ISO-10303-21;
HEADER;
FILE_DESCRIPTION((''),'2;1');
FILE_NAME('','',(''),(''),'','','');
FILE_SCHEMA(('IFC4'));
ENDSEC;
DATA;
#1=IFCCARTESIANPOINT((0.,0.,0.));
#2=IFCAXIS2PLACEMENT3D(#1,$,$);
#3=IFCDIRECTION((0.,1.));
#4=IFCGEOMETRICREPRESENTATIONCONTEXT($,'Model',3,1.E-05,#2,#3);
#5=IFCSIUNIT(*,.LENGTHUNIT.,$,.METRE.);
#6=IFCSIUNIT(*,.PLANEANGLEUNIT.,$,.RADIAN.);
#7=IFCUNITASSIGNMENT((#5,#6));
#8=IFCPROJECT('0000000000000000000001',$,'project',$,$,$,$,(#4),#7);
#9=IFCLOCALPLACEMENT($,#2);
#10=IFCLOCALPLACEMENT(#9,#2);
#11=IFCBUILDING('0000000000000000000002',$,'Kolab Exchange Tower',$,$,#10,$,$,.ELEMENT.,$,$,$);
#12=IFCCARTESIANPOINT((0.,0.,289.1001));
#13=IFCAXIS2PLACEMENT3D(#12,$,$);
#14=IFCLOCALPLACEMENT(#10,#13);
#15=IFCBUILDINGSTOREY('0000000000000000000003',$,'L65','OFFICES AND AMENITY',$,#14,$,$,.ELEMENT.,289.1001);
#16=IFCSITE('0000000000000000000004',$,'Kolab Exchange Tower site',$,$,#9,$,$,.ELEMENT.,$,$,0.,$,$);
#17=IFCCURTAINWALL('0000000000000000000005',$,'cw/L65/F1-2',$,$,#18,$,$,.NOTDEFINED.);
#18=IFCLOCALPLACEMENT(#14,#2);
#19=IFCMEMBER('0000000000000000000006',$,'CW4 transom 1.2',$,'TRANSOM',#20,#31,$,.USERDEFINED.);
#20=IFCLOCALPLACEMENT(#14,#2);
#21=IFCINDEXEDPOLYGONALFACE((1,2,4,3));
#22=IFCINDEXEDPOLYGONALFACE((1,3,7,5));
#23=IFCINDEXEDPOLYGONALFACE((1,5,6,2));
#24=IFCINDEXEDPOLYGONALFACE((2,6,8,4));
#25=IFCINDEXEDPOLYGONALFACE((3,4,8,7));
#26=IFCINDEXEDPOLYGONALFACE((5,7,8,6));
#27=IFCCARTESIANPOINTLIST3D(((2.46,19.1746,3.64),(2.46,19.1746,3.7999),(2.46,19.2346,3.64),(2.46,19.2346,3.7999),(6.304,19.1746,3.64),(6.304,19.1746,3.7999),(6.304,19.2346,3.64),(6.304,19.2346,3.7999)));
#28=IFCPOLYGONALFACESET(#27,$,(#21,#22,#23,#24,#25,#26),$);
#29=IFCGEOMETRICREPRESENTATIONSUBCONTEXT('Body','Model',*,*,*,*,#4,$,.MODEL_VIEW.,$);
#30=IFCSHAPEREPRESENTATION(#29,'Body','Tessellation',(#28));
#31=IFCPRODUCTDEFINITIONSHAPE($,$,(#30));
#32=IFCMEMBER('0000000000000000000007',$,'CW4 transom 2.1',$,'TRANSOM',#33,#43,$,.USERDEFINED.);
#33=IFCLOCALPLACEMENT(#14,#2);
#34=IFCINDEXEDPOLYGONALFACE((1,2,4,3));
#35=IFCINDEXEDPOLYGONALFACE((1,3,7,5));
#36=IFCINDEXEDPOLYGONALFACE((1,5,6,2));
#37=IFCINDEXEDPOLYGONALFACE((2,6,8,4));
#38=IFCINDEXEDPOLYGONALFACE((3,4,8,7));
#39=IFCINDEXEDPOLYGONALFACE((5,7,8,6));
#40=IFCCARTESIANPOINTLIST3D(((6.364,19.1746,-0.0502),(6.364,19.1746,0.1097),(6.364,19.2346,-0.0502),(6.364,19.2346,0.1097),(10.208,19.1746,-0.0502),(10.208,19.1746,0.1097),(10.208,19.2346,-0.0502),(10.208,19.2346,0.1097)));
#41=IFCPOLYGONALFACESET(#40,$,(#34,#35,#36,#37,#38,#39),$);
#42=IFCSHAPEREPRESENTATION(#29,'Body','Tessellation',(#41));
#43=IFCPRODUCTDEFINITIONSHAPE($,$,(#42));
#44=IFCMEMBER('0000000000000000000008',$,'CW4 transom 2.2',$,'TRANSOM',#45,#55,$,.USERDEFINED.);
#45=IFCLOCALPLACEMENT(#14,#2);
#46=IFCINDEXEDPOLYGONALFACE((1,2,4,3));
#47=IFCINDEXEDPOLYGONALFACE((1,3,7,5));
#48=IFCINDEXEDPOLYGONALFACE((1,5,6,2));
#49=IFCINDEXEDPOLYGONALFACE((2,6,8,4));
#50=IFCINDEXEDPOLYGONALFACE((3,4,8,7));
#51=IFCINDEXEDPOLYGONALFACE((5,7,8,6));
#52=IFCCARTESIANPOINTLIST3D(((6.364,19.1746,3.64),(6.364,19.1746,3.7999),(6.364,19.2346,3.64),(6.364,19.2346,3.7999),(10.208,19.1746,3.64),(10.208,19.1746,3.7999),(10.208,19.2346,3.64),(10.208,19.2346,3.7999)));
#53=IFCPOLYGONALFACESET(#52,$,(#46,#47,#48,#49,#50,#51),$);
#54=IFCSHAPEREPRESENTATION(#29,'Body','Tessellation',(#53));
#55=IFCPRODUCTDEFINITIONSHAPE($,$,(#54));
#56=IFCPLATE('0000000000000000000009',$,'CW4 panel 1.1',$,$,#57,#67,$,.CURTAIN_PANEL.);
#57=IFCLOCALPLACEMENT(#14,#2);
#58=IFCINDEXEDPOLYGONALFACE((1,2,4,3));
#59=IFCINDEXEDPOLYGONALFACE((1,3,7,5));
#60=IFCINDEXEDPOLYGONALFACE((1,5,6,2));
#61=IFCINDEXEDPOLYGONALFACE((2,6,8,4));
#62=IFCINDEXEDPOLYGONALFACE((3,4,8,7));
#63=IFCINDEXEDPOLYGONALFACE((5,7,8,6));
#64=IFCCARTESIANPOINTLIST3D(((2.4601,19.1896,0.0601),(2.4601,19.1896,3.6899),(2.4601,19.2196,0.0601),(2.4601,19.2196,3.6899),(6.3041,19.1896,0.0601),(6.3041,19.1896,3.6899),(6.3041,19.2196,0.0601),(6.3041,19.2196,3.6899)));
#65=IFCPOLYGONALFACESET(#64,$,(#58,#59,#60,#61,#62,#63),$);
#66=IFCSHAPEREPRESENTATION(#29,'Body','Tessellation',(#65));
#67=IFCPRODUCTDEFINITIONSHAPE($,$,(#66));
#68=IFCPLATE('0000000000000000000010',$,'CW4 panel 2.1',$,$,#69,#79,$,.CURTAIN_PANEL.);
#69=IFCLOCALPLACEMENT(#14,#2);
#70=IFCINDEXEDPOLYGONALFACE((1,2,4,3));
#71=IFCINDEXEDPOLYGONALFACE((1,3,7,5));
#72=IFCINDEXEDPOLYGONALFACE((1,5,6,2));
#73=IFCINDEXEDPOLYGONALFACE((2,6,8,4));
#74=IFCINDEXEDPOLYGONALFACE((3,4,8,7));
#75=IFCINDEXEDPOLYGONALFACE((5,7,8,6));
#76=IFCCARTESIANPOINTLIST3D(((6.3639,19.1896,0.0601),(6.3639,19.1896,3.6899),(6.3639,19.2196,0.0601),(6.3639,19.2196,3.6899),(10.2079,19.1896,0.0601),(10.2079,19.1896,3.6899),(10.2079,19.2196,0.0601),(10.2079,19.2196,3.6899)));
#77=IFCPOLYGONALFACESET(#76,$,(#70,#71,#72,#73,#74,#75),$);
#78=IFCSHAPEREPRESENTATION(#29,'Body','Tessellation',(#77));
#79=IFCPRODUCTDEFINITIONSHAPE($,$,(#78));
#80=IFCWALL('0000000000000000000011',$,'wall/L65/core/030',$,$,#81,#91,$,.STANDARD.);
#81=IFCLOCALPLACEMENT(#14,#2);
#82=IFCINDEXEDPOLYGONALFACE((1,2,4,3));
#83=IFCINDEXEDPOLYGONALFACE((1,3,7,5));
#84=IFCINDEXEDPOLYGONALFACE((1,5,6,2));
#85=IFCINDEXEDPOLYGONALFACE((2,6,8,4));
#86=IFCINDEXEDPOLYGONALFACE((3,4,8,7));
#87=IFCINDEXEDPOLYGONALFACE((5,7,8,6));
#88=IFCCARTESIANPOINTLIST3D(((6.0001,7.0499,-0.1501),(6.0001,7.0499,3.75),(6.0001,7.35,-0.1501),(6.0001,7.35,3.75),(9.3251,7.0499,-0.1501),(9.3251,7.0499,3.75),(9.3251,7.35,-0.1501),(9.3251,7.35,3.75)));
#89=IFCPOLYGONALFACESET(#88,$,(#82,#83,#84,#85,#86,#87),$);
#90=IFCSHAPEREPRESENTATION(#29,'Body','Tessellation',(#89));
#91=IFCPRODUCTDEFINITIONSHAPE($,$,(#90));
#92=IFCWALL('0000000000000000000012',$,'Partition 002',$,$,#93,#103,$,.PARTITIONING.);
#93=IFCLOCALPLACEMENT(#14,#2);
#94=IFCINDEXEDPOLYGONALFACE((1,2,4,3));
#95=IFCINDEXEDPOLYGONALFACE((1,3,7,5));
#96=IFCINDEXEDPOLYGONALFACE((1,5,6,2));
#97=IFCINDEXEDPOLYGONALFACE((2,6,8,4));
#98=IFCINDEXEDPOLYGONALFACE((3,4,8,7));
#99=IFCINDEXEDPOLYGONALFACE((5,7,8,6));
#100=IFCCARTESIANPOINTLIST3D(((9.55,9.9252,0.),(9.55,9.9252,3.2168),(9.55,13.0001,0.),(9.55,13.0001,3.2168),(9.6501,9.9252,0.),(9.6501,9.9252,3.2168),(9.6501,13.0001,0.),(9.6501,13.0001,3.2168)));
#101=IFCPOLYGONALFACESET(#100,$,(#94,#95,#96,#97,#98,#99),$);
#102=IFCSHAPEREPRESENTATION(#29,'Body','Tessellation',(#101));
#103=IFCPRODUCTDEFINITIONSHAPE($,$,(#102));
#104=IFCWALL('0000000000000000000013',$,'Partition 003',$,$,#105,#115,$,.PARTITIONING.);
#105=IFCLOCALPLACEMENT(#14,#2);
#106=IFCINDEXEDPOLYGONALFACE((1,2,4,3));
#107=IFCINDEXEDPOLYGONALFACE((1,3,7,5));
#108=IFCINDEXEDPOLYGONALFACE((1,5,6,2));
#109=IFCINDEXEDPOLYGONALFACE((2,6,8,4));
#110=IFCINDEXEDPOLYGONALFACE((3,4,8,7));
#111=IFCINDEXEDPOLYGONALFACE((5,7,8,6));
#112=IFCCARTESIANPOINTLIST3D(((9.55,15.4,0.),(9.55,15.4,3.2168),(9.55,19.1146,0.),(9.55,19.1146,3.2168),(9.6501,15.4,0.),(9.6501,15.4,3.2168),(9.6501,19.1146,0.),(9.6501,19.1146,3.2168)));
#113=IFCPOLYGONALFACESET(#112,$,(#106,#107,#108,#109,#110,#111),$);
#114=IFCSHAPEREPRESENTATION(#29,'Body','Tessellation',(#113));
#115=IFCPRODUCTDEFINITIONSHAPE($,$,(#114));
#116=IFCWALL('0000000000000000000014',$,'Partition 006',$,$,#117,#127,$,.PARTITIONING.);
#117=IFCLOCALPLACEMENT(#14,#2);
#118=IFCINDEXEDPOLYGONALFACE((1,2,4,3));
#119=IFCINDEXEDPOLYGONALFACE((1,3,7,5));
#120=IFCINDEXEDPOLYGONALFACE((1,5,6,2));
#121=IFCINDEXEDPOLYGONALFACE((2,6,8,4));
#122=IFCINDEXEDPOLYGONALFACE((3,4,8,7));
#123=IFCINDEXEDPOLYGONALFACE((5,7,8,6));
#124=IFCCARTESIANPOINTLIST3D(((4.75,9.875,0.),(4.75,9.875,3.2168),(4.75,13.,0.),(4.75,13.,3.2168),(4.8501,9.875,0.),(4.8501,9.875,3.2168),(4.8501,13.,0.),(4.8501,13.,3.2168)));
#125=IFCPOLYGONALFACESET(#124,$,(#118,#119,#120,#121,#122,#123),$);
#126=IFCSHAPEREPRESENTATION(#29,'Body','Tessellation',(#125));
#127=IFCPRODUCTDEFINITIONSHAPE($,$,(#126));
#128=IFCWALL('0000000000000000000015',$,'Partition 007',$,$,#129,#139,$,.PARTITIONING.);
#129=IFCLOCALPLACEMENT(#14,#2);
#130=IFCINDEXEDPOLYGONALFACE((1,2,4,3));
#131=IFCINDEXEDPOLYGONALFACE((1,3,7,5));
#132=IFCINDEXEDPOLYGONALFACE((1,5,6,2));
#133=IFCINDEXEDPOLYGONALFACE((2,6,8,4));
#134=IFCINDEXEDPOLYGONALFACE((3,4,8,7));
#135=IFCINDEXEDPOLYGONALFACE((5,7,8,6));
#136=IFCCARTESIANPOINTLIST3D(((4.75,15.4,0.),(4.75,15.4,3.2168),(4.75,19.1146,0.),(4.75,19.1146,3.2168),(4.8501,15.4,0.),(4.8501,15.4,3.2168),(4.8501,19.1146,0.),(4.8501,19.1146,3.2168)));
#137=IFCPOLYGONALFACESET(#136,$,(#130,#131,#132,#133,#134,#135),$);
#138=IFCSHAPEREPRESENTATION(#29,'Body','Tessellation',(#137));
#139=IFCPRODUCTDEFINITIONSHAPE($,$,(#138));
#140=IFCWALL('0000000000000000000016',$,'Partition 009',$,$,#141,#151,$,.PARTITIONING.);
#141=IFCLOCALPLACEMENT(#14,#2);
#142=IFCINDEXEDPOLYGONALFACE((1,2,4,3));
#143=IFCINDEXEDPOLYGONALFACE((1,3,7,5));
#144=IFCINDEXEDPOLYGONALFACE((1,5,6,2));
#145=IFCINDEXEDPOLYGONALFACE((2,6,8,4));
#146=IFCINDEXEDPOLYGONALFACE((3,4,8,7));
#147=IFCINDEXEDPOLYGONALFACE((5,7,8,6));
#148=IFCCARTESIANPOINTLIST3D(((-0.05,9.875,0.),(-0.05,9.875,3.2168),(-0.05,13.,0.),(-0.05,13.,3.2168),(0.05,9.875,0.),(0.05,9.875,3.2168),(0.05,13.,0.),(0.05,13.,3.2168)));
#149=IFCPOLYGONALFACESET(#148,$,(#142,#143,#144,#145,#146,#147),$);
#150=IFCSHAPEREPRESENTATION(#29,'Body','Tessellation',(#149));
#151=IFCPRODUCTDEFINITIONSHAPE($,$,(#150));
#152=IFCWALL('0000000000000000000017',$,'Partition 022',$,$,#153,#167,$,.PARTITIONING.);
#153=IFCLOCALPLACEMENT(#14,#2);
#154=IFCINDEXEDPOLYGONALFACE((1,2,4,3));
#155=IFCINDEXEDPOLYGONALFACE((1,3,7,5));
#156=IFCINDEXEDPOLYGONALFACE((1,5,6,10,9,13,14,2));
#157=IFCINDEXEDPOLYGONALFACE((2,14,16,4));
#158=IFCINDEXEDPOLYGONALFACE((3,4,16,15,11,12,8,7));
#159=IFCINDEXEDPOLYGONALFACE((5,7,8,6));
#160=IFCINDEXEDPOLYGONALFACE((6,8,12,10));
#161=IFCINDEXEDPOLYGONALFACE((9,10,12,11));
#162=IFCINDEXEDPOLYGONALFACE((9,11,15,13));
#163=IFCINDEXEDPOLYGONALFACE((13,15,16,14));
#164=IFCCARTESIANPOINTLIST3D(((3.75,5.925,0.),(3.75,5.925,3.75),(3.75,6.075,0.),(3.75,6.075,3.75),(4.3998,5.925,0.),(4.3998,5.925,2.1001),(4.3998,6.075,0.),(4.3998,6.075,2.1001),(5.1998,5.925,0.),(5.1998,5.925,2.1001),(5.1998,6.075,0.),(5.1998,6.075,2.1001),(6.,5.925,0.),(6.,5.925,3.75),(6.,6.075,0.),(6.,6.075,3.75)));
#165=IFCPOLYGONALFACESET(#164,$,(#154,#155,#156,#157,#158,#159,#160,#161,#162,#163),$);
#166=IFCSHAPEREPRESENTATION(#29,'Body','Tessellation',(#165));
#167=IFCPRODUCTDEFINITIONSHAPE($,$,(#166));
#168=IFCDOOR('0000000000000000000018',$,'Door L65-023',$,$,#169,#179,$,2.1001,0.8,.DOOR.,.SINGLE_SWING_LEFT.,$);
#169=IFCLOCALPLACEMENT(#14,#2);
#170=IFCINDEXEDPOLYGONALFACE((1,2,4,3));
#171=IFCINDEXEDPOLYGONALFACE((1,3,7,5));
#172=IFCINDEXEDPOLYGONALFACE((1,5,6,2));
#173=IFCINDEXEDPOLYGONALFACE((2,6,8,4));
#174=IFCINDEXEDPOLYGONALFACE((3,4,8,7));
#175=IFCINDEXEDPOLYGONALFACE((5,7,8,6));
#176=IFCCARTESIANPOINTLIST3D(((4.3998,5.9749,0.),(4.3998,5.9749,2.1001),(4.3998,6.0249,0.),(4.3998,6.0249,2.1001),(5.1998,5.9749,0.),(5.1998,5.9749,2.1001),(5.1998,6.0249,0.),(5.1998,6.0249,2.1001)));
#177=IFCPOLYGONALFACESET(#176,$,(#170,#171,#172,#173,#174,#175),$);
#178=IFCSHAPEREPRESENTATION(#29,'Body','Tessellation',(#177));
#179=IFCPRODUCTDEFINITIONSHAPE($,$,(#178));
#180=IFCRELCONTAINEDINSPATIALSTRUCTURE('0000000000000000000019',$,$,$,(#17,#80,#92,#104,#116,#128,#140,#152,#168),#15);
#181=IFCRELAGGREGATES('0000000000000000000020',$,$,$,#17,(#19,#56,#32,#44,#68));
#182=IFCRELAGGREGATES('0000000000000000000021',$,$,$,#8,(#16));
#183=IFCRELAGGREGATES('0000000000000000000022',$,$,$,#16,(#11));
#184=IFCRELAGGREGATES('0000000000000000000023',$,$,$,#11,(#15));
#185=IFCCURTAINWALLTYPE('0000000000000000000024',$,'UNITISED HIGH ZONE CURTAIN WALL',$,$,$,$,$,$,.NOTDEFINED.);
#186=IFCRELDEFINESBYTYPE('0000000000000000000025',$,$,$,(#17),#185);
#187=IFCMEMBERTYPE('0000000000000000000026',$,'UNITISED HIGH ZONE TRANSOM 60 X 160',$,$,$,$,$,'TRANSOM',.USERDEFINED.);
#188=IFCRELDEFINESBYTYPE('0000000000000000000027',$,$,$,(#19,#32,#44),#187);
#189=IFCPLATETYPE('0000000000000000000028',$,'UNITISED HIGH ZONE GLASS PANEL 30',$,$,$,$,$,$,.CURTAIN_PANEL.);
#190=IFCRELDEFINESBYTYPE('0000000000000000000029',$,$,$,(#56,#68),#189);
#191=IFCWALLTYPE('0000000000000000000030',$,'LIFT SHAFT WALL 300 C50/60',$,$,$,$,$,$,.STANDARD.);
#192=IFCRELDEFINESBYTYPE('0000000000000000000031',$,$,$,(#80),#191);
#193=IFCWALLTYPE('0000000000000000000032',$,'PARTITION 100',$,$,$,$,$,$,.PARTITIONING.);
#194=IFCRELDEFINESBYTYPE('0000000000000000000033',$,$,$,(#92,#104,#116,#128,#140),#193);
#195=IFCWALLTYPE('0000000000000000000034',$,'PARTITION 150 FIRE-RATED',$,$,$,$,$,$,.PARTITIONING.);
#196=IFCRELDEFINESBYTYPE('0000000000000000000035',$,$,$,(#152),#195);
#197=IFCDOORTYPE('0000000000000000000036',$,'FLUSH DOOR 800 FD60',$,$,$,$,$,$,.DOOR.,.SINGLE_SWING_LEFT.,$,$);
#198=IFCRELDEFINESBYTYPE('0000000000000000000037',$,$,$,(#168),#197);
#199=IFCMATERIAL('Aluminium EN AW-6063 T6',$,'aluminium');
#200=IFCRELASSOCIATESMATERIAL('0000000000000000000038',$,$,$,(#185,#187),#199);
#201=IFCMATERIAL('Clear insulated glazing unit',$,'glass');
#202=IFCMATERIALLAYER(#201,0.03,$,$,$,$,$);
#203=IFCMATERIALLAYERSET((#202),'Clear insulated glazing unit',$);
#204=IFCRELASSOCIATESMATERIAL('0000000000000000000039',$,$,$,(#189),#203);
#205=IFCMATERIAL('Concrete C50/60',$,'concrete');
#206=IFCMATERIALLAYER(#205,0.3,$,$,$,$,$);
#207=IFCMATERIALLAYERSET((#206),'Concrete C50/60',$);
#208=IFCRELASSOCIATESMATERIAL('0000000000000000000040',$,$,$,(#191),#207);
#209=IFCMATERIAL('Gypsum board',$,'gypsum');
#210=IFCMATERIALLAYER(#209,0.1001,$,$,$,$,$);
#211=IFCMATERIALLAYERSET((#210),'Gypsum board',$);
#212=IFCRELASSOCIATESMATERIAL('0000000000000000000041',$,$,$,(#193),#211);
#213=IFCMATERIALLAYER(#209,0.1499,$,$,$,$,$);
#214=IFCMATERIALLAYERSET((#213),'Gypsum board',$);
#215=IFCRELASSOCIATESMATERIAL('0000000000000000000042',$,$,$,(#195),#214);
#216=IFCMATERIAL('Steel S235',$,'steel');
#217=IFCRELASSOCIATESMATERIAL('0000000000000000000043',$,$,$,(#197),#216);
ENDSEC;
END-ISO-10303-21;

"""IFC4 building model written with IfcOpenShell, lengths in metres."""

from ifc_helpers import new_model, si_unit, direction, frame, frame_2d, origin, origin_2d, place, context, subcontext, project, spatial, rectangle, extrude, material, layer, layer_set, material_profile, profile_set, type_object, element, fill, aggregate, save


model = new_model("IFC4")

# Units and contexts
model_context = context("Model", 3, precision=1e-05, world=origin(), true_north=direction((0.0, 1.0)))
body_context = subcontext(model_context, "Body", "Model", "MODEL_VIEW")
ifc_project = project(units=[si_unit("LENGTHUNIT", "METRE"), si_unit("PLANEANGLEUNIT", "RADIAN")], contexts=[model_context])

# Site, building, storey
site_placement = place(None, origin())
site = spatial("IfcSite", under=ifc_project, at=site_placement, Name="Kolab Exchange Tower site", CompositionType="ELEMENT", RefElevation=0.0)
building_placement = place(site_placement, origin())
building = spatial("IfcBuilding", under=site, at=building_placement, Name="Kolab Exchange Tower", CompositionType="ELEMENT")
storey_placement = place(building_placement, frame((0.0, 0.0, 289.1001)))
storey = spatial("IfcBuildingStorey", under=building, at=storey_placement, Name="L65", Description="OFFICES AND AMENITY", CompositionType="ELEMENT", Elevation=289.1001)

# Shared definitions
ifc_material_1 = material(Name="Concrete C50/60", Category="concrete")

# Curtain wall, members, plates
ifc_material_2 = material(Name="Aluminium EN AW-6063 T6", Category="aluminium")
curtain_wall_type = type_object("IfcCurtainWallType", Name="UNITISED HIGH ZONE CURTAIN WALL", PredefinedType="NOTDEFINED", material=ifc_material_2)
curtain_wall_placement = place(storey_placement, origin())
curtain_wall = element("IfcCurtainWall", 1, at=curtain_wall_placement, inside=storey, type_object=curtain_wall_type, Name="cw/L65/F1-2", PredefinedType="NOTDEFINED")
ifc_material_profile_1 = material_profile(ifc_material_2, rectangle(XDim=0.0601, YDim=0.1599, at=origin_2d()), Name="RECT 60X160")
ifc_profile_set_1 = profile_set([ifc_material_profile_1], Name="Aluminium EN AW-6063 T6")
member_type_1 = type_object("IfcMemberType", Name="UNITISED HIGH ZONE TRANSOM 60 X 160", ElementType="TRANSOM", PredefinedType="USERDEFINED", material=ifc_profile_set_1)
member_1_placement = place(storey_placement, frame((2.46, 19.2046, 3.72), z_axis=(1.0, 0.0, 0.0), x_axis=(0.0, 1.0, 0.0)))
member_1 = element("IfcMember", 2, at=member_1_placement, type_object=member_type_1, Name="CW4 transom 1.2", ObjectType="TRANSOM", PredefinedType="USERDEFINED", context=body_context, shape_type="SweptSolid", body=[
    extrude(rectangle(XDim=0.0601, YDim=0.1599, at=origin_2d()), origin(), (0.0, 0.0, 1.0), 3.844),
])
member_2_placement = place(storey_placement, frame((6.364, 19.2046, 0.0298), z_axis=(1.0, 0.0, 0.0), x_axis=(0.0, 1.0, 0.0)))
member_2 = element("IfcMember", 3, at=member_2_placement, type_object=member_type_1, Name="CW4 transom 2.1", ObjectType="TRANSOM", PredefinedType="USERDEFINED", context=body_context, shape_type="SweptSolid", body=[
    extrude(rectangle(XDim=0.0601, YDim=0.1599, at=origin_2d()), origin(), (0.0, 0.0, 1.0), 3.844),
])
member_3_placement = place(storey_placement, frame((6.364, 19.2046, 3.72), z_axis=(1.0, 0.0, 0.0), x_axis=(0.0, 1.0, 0.0)))
member_3 = element("IfcMember", 4, at=member_3_placement, type_object=member_type_1, Name="CW4 transom 2.2", ObjectType="TRANSOM", PredefinedType="USERDEFINED", context=body_context, shape_type="SweptSolid", body=[
    extrude(rectangle(XDim=0.0601, YDim=0.1599, at=origin_2d()), origin(), (0.0, 0.0, 1.0), 3.844),
])
ifc_material_3 = material(Name="Clear insulated glazing unit", Category="glass")
ifc_layer_1 = layer(ifc_material_3, 0.03)
ifc_layer_set_1 = layer_set([ifc_layer_1], Name="Clear insulated glazing unit")
plate_type = type_object("IfcPlateType", Name="UNITISED HIGH ZONE GLASS PANEL 30", PredefinedType="CURTAIN_PANEL", material=ifc_layer_set_1)
plate_1_placement = place(storey_placement, frame((4.3821, 19.2046, 0.0601), z_axis=(0.0, 0.0, 1.0), x_axis=(1.0, 0.0, 0.0)))
plate_1 = element("IfcPlate", 5, at=plate_1_placement, type_object=plate_type, Name="CW4 panel 1.1", PredefinedType="CURTAIN_PANEL", context=body_context, shape_type="SweptSolid", body=[
    extrude(rectangle(XDim=3.844, YDim=0.03, at=origin_2d()), origin(), (0.0, 0.0, 1.0), 3.6299),
])
plate_2_placement = place(storey_placement, frame((8.2859, 19.2046, 0.0601), z_axis=(0.0, 0.0, 1.0), x_axis=(1.0, 0.0, 0.0)))
plate_2 = element("IfcPlate", 6, at=plate_2_placement, type_object=plate_type, Name="CW4 panel 2.1", PredefinedType="CURTAIN_PANEL", context=body_context, shape_type="SweptSolid", body=[
    extrude(rectangle(XDim=3.844, YDim=0.03, at=origin_2d()), origin(), (0.0, 0.0, 1.0), 3.6299),
])
aggregate(curtain_wall, [member_1, plate_1, member_2, member_3, plate_2])

# Walls
ifc_layer_2 = layer(ifc_material_1, 0.3)
ifc_layer_set_2 = layer_set([ifc_layer_2], Name="Concrete C50/60")
wall_type_1 = type_object("IfcWallType", Name="LIFT SHAFT WALL 300 C50/60", PredefinedType="STANDARD", material=ifc_layer_set_2)
wall_1_placement = place(storey_placement, frame((6.0, 7.2, -0.1501), z_axis=(0.0, 0.0, 1.0), x_axis=(1.0, 0.0, 0.0)))
element("IfcWall", 7, at=wall_1_placement, inside=storey, type_object=wall_type_1, Name="wall/L65/core/030", PredefinedType="STANDARD", context=body_context, shape_type="SweptSolid", body=[
    extrude(rectangle(XDim=3.325, YDim=0.3, at=frame_2d((1.6626, 0.0))), origin(), (0.0, 0.0, 1.0), 3.9001),
])
ifc_material_4 = material(Name="Gypsum board", Category="gypsum")
ifc_layer_3 = layer(ifc_material_4, 0.1001)
ifc_layer_set_3 = layer_set([ifc_layer_3], Name="Gypsum board")
wall_type_2 = type_object("IfcWallType", Name="PARTITION 100", PredefinedType="PARTITIONING", material=ifc_layer_set_3)
wall_2_placement = place(storey_placement, frame((9.6001, 9.925, 0.0), z_axis=(0.0, 0.0, 1.0), x_axis=(0.0, 1.0, 0.0)))
element("IfcWall", 8, at=wall_2_placement, inside=storey, type_object=wall_type_2, Name="Partition 002", PredefinedType="PARTITIONING", context=body_context, shape_type="SweptSolid", body=[
    extrude(rectangle(XDim=3.075, YDim=0.1001, at=frame_2d((1.5376, 0.0))), origin(), (0.0, 0.0, 1.0), 3.2168),
])
wall_3_placement = place(storey_placement, frame((9.6001, 15.3999, 0.0), z_axis=(0.0, 0.0, 1.0), x_axis=(0.0, 1.0, 0.0)))
element("IfcWall", 9, at=wall_3_placement, inside=storey, type_object=wall_type_2, Name="Partition 003", PredefinedType="PARTITIONING", context=body_context, shape_type="SweptSolid", body=[
    extrude(rectangle(XDim=3.7146, YDim=0.1001, at=frame_2d((1.8574, 0.0))), origin(), (0.0, 0.0, 1.0), 3.2168),
])
wall_4_placement = place(storey_placement, frame((4.8, 9.875, 0.0), z_axis=(0.0, 0.0, 1.0), x_axis=(0.0, 1.0, 0.0)))
element("IfcWall", 10, at=wall_4_placement, inside=storey, type_object=wall_type_2, Name="Partition 006", PredefinedType="PARTITIONING", context=body_context, shape_type="SweptSolid", body=[
    extrude(rectangle(XDim=3.125, YDim=0.1001, at=frame_2d((1.5625, 0.0))), origin(), (0.0, 0.0, 1.0), 3.2168),
])
wall_5_placement = place(storey_placement, frame((4.8, 15.3999, 0.0), z_axis=(0.0, 0.0, 1.0), x_axis=(0.0, 1.0, 0.0)))
element("IfcWall", 11, at=wall_5_placement, inside=storey, type_object=wall_type_2, Name="Partition 007", PredefinedType="PARTITIONING", context=body_context, shape_type="SweptSolid", body=[
    extrude(rectangle(XDim=3.7146, YDim=0.1001, at=frame_2d((1.8574, 0.0))), origin(), (0.0, 0.0, 1.0), 3.2168),
])
wall_6_placement = place(storey_placement, frame((0.0, 9.875, 0.0), z_axis=(0.0, 0.0, 1.0), x_axis=(0.0, 1.0, 0.0)))
element("IfcWall", 12, at=wall_6_placement, inside=storey, type_object=wall_type_2, Name="Partition 009", PredefinedType="PARTITIONING", context=body_context, shape_type="SweptSolid", body=[
    extrude(rectangle(XDim=3.125, YDim=0.1001, at=frame_2d((1.5625, 0.0))), origin(), (0.0, 0.0, 1.0), 3.2168),
])

# Wall, opening, door
ifc_layer_4 = layer(ifc_material_4, 0.1499)
ifc_layer_set_4 = layer_set([ifc_layer_4], Name="Gypsum board")
wall_type_3 = type_object("IfcWallType", Name="PARTITION 150 FIRE-RATED", PredefinedType="PARTITIONING", material=ifc_layer_set_4)
wall_7_placement = place(storey_placement, frame((3.75, 6.0, 0.0), z_axis=(0.0, 0.0, 1.0), x_axis=(1.0, 0.0, 0.0)))
wall_7 = element("IfcWall", 13, at=wall_7_placement, inside=storey, type_object=wall_type_3, Name="Partition 022", PredefinedType="PARTITIONING", context=body_context, shape_type="SweptSolid", body=[
    extrude(rectangle(XDim=2.25, YDim=0.1499, at=frame_2d((1.125, 0.0))), origin(), (0.0, 0.0, 1.0), 3.75),
])
opening_placement = place(wall_7_placement, frame((0.6499, 0.0, 0.0)))
opening = element("IfcOpeningElement", 14, at=opening_placement, cuts=wall_7, PredefinedType="OPENING", context=body_context, shape_type="SweptSolid", body=[
    extrude(rectangle(XDim=0.8, YDim=2.1001, at=frame_2d((0.3999, 1.05))), frame((0.0, 0.085, 0.0), z_axis=(0.0, -1.0, 0.0), x_axis=(1.0, 0.0, 0.0)), (0.0, 0.0, 1.0), 0.1699),
])
ifc_material_5 = material(Name="Steel S235", Category="steel")
door_type = type_object("IfcDoorType", Name="FLUSH DOOR 800 FD60", OperationType="SINGLE_SWING_LEFT", PredefinedType="DOOR", material=ifc_material_5)
door_placement = place(opening_placement, origin())
door = element("IfcDoor", 15, at=door_placement, inside=storey, type_object=door_type, Name="Door L65-023", OperationType="SINGLE_SWING_LEFT", OverallHeight=2.1001, OverallWidth=0.8, PredefinedType="DOOR", context=body_context, shape_type="SweptSolid", body=[
    extrude(rectangle(XDim=0.8, YDim=2.1001, at=frame_2d((0.3999, 1.05))), frame((0.0, 0.0249, 0.0), z_axis=(0.0, -1.0, 0.0), x_axis=(1.0, 0.0, 0.0)), (0.0, 0.0, 1.0), 0.05),
])
fill(opening, door)

save(model, "model.ifc")
